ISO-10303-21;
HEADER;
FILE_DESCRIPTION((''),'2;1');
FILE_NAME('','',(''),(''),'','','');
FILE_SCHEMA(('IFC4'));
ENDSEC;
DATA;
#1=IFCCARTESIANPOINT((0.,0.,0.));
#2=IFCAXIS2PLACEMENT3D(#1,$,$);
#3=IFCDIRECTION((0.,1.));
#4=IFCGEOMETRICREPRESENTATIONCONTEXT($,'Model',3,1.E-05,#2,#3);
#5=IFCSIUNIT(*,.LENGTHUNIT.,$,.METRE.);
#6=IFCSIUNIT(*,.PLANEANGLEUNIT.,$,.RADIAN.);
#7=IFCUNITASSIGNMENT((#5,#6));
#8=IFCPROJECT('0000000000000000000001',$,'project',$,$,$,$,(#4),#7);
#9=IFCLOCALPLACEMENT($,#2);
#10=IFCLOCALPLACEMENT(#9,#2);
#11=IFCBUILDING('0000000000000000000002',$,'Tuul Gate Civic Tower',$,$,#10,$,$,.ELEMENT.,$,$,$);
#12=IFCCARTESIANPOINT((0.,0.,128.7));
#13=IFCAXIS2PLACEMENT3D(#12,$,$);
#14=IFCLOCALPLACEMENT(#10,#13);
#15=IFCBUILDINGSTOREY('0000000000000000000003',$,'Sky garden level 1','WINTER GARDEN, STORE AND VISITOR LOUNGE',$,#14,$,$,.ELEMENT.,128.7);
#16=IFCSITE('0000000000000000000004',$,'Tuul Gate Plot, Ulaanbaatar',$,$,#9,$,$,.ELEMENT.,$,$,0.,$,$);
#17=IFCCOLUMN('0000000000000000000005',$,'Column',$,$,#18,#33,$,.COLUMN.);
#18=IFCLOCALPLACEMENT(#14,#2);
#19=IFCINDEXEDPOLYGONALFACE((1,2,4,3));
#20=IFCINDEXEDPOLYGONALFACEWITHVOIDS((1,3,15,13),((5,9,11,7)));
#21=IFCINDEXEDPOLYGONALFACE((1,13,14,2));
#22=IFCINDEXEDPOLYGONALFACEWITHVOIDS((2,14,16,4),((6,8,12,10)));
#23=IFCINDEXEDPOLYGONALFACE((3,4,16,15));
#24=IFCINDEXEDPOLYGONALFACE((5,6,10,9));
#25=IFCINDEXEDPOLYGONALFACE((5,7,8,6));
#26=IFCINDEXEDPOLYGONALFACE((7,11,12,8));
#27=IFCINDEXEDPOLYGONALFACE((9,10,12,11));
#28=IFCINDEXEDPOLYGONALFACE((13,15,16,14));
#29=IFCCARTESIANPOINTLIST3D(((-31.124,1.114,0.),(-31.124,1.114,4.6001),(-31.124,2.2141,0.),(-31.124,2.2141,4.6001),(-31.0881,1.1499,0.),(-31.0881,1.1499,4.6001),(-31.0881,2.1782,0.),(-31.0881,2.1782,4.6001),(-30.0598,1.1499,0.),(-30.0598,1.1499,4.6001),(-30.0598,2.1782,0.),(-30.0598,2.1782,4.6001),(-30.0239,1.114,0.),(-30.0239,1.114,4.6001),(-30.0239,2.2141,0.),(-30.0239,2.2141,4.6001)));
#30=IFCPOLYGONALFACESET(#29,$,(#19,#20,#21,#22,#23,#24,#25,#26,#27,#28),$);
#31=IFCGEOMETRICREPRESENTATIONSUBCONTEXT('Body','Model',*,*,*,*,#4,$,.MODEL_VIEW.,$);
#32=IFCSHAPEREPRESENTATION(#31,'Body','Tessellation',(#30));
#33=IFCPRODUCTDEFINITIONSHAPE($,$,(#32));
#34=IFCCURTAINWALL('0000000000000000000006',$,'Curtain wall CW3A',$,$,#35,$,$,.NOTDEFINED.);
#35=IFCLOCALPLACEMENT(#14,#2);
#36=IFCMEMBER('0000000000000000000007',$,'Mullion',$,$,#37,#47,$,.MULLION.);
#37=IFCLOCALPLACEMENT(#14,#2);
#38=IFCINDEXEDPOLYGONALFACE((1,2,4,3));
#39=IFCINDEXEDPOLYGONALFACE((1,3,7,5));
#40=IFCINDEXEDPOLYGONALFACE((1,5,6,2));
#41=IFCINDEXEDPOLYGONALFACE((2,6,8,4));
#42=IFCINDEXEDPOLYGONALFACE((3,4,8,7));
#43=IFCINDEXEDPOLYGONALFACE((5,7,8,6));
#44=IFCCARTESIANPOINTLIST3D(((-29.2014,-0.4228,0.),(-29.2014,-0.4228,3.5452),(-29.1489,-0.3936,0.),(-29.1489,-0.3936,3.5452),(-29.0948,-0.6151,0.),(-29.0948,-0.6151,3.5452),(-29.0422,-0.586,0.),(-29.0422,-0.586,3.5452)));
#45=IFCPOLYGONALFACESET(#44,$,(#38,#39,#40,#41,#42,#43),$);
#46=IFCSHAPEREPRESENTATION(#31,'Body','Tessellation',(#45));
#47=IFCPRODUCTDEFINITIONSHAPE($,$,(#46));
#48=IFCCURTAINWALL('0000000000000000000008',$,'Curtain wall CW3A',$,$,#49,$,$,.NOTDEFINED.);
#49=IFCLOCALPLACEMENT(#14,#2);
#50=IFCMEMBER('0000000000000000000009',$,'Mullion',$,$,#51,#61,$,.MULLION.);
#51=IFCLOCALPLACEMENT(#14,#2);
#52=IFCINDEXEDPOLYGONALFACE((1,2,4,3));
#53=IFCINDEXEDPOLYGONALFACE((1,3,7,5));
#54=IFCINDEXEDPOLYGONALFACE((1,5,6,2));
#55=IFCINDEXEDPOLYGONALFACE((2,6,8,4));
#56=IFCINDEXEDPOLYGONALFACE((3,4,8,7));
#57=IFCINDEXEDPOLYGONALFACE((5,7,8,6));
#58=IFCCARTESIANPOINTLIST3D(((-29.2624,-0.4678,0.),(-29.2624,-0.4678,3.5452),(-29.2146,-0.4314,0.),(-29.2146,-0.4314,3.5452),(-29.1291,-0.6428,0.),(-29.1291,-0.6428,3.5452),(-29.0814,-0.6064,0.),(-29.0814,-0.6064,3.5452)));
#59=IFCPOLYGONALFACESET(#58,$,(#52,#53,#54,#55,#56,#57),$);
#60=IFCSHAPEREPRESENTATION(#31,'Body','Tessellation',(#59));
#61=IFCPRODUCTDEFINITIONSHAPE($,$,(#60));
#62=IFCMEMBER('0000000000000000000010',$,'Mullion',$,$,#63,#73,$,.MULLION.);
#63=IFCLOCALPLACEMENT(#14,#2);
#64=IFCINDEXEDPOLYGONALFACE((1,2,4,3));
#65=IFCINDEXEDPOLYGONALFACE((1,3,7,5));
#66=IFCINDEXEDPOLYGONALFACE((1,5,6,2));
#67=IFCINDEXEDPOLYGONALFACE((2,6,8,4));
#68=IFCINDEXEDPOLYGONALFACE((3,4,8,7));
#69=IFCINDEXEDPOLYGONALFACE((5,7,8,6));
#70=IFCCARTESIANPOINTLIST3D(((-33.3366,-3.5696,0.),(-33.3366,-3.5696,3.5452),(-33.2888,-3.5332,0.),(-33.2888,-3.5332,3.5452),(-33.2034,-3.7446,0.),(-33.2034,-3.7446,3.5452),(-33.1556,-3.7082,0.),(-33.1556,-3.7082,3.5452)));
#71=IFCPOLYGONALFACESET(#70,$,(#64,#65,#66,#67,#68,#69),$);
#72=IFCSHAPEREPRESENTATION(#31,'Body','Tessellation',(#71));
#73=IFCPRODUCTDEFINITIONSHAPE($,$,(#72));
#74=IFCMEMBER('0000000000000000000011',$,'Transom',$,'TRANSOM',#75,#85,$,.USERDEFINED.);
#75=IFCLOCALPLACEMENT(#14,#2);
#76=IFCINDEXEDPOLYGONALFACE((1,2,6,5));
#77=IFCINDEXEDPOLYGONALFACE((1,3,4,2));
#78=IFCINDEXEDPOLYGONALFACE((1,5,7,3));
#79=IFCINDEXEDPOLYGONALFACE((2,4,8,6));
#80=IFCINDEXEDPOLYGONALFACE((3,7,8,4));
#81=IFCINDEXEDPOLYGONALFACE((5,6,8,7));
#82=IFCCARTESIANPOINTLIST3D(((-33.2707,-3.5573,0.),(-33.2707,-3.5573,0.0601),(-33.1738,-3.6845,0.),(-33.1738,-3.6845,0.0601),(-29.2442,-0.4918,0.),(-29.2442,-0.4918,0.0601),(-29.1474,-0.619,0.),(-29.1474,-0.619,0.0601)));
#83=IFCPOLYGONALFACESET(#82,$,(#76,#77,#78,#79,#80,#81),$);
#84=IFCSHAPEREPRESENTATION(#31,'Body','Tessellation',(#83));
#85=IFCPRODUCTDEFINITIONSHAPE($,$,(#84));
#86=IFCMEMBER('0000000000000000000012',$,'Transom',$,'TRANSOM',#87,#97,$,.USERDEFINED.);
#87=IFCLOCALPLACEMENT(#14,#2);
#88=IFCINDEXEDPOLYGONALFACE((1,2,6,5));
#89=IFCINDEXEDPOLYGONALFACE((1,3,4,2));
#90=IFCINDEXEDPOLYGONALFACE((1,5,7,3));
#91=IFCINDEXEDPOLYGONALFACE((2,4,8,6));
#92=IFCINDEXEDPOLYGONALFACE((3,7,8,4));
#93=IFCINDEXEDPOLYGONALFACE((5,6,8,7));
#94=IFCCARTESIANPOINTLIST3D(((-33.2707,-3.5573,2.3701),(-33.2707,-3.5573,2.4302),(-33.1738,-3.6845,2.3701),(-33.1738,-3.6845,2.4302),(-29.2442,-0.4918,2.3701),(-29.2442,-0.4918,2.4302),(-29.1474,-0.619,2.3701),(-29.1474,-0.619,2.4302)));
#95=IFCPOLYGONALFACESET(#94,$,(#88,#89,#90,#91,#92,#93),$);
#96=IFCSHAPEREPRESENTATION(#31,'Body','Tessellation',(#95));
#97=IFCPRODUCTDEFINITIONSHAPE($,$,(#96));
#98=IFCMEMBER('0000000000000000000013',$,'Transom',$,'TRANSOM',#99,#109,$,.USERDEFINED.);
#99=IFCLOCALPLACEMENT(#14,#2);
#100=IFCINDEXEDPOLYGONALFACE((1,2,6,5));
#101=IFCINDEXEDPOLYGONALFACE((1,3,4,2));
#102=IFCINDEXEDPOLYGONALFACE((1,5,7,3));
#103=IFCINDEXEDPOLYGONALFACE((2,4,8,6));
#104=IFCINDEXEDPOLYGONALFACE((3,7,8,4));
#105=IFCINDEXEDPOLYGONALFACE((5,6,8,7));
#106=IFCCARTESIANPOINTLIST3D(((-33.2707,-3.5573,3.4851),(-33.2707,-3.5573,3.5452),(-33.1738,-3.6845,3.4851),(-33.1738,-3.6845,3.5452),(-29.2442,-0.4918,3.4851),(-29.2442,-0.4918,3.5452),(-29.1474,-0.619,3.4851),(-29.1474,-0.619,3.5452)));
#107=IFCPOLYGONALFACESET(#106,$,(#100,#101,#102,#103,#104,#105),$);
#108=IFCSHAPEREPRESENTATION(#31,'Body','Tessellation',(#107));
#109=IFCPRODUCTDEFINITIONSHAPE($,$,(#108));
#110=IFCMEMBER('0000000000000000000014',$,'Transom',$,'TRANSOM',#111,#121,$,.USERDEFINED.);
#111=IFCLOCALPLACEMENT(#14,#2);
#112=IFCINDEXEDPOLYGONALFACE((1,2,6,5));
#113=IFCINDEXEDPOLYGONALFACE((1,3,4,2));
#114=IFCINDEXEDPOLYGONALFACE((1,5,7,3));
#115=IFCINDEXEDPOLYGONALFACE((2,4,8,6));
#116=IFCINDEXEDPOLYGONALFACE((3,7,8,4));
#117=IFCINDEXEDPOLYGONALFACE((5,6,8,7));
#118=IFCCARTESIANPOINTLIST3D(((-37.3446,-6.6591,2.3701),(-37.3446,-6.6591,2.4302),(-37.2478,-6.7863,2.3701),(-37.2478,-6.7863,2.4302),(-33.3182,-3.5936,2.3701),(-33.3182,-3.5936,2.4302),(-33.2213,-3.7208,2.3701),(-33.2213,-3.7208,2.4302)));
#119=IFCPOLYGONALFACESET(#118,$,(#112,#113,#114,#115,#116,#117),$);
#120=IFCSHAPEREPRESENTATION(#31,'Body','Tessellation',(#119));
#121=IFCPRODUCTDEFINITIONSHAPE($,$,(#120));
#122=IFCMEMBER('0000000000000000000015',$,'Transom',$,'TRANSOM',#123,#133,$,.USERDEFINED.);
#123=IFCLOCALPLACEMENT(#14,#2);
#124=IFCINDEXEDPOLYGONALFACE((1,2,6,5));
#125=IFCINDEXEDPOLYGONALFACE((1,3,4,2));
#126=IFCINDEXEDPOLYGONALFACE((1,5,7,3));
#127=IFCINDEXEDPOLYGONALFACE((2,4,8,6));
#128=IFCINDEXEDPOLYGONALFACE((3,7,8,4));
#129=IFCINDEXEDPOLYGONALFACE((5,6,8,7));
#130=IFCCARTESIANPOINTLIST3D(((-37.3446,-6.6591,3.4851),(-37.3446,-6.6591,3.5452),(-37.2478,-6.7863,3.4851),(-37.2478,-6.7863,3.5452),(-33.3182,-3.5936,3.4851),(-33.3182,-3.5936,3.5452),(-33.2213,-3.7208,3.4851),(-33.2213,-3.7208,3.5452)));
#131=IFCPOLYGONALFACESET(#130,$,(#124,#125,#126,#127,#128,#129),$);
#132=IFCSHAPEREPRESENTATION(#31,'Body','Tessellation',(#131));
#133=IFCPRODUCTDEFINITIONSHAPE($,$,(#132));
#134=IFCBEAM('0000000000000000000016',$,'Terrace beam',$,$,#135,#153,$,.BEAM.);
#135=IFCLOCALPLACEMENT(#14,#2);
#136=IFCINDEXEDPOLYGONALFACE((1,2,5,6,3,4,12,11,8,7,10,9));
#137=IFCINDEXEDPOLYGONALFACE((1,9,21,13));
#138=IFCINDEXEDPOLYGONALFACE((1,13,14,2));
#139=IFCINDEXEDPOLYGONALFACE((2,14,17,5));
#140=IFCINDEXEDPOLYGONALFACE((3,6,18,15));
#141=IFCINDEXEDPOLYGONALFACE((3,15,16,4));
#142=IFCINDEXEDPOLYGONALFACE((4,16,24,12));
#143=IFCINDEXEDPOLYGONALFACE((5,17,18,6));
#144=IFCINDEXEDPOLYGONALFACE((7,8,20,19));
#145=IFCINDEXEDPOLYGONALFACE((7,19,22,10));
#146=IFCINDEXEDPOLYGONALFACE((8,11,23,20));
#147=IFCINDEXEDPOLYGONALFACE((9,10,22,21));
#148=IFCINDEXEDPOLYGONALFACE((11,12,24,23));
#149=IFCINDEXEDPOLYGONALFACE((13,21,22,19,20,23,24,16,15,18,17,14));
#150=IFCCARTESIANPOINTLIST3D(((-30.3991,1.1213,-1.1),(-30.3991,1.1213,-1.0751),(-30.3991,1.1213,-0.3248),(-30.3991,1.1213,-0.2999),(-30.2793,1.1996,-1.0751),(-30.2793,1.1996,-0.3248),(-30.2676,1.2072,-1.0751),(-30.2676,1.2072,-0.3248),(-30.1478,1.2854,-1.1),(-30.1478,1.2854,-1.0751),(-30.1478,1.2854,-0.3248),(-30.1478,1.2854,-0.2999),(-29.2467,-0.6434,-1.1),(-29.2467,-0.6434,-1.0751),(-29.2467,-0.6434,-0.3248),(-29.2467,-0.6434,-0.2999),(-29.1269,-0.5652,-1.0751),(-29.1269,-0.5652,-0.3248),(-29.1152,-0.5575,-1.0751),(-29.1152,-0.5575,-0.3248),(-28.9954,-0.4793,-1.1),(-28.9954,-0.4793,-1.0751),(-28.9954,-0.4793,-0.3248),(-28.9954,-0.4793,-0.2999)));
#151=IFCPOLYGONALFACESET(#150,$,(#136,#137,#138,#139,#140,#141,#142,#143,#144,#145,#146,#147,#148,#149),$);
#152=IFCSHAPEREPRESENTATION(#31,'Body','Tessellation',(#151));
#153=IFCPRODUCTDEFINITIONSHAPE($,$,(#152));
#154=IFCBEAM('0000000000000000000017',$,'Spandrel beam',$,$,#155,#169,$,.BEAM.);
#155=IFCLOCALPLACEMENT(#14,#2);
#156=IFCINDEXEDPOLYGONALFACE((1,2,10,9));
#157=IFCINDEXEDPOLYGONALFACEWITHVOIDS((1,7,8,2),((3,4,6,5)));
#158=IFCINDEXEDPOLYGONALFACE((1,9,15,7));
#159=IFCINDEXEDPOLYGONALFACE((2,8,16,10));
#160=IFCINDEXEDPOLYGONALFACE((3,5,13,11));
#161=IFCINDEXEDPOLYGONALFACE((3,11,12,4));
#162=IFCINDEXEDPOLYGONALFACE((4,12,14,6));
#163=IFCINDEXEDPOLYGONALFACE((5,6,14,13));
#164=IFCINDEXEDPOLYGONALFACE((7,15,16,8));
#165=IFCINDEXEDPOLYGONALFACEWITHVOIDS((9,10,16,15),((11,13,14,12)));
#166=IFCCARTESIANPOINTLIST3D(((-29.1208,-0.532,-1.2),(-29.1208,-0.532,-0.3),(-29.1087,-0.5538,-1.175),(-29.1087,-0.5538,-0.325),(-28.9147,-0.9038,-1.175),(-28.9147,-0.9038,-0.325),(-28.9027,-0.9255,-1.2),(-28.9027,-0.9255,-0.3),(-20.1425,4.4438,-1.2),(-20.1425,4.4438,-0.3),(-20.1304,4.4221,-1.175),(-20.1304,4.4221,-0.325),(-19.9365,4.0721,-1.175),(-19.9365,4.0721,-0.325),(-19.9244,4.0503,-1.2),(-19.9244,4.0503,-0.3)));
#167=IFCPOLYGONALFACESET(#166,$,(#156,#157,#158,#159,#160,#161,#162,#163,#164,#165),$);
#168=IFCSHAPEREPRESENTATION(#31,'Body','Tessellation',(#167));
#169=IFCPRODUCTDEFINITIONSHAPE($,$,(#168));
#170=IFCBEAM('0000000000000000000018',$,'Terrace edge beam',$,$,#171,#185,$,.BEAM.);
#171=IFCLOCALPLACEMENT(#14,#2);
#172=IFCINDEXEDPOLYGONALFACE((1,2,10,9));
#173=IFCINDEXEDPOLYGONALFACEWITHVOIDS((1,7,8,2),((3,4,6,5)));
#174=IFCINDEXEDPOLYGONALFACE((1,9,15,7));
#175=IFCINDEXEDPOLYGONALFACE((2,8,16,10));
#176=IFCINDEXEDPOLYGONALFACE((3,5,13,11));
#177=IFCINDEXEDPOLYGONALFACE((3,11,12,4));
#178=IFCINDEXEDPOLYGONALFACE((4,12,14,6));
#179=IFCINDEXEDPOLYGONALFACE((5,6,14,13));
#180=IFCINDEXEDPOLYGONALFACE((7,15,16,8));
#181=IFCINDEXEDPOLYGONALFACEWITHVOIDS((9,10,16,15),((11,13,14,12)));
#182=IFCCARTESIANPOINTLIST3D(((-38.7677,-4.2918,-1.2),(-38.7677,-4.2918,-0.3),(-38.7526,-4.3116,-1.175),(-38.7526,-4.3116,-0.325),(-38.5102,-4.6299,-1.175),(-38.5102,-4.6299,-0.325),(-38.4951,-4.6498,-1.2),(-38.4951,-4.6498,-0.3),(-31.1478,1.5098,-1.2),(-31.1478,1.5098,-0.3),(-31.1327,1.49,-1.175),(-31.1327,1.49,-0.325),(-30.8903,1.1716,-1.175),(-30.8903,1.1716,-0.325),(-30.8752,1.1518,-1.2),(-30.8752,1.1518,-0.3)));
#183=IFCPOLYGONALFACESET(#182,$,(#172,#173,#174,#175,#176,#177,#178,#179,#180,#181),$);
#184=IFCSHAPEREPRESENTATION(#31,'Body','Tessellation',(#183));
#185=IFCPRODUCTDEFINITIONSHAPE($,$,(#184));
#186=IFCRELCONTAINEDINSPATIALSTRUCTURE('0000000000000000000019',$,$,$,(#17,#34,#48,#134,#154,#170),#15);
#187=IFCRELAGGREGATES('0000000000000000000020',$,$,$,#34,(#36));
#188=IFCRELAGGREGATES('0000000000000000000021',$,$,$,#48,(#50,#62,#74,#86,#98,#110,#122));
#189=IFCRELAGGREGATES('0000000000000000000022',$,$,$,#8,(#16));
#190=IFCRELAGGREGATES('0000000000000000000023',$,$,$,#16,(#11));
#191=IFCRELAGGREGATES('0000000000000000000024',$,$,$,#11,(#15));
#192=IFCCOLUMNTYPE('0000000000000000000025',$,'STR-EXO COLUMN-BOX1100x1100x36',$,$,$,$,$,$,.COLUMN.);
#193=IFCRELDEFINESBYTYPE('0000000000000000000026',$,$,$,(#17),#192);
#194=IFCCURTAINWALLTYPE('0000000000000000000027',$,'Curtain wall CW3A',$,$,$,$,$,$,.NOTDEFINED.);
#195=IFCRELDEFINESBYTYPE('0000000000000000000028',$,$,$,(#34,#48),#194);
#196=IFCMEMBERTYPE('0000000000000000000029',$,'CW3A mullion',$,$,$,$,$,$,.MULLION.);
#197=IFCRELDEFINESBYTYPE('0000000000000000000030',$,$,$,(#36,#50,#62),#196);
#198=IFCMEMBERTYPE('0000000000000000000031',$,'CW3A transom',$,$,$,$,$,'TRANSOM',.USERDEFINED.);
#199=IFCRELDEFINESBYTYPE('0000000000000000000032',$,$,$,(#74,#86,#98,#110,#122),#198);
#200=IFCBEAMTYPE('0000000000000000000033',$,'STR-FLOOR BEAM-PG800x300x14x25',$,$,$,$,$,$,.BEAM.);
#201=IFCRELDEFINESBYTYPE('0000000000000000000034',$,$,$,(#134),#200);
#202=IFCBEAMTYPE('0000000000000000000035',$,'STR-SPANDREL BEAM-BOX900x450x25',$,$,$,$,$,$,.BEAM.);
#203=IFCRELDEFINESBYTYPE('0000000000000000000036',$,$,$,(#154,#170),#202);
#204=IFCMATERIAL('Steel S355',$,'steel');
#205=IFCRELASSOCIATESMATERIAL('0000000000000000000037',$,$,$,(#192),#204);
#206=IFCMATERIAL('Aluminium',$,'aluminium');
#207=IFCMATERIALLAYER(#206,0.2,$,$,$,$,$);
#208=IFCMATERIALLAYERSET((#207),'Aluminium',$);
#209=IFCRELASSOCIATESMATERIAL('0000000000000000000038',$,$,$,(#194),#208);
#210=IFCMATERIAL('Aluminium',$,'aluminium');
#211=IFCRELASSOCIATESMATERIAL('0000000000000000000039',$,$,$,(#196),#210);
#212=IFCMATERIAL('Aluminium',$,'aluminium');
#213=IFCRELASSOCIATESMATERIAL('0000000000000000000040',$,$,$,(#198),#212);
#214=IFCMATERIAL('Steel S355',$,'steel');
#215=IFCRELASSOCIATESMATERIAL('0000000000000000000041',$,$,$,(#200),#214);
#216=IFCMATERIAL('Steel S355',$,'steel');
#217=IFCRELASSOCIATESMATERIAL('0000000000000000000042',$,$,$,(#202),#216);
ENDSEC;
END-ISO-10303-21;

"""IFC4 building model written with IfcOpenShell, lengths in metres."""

from ifc_helpers import new_model, si_unit, direction, frame, origin, origin_2d, place, context, subcontext, project, spatial, rectangle, hollow_rectangle, i_section, extrude, material, layer, layer_set, material_profile, profile_set, type_object, element, aggregate, save


model = new_model("IFC4")

# Units and contexts
model_context = context("Model", 3, precision=1e-05, world=origin(), true_north=direction((0.0, 1.0)))
body_context = subcontext(model_context, "Body", "Model", "MODEL_VIEW")
ifc_project = project(units=[si_unit("LENGTHUNIT", "METRE"), si_unit("PLANEANGLEUNIT", "RADIAN")], contexts=[model_context])

# Site, building, storey
site_placement = place(None, origin())
site = spatial("IfcSite", under=ifc_project, at=site_placement, Name="Tuul Gate Plot, Ulaanbaatar", CompositionType="ELEMENT", RefElevation=0.0)
building_placement = place(site_placement, origin())
building = spatial("IfcBuilding", under=site, at=building_placement, Name="Tuul Gate Civic Tower", CompositionType="ELEMENT")
storey_placement = place(building_placement, frame((0.0, 0.0, 128.7)))
storey = spatial("IfcBuildingStorey", under=building, at=storey_placement, Name="Sky garden level 1", Description="WINTER GARDEN, STORE AND VISITOR LOUNGE", CompositionType="ELEMENT", Elevation=128.7)

# Column
ifc_material_1 = material(Name="Steel S355", Category="steel")
ifc_material_profile_1 = material_profile(ifc_material_1, hollow_rectangle(XDim=1.1001, YDim=1.1001, WallThickness=0.0359, at=origin_2d()), Name="BOX1100x1100x36")
ifc_profile_set_1 = profile_set([ifc_material_profile_1], Name="Steel S355")
column_type = type_object("IfcColumnType", Name="STR-EXO COLUMN-BOX1100x1100x36", PredefinedType="COLUMN", material=ifc_profile_set_1)
column_placement = place(storey_placement, frame((-30.574, 1.6641, 0.0), z_axis=(0.0, 0.0, 1.0), x_axis=(1.0, 0.0, 0.0)))
element("IfcColumn", 1, at=column_placement, inside=storey, type_object=column_type, Name="Column", PredefinedType="COLUMN", context=body_context, shape_type="SweptSolid", body=[
    extrude(hollow_rectangle(XDim=1.1001, YDim=1.1001, WallThickness=0.0359, at=origin_2d()), origin(), (0.0, 0.0, 1.0), 4.6001),
])

# Curtain wall, member
ifc_material_2 = material(Name="Aluminium", Category="aluminium")
ifc_layer_1 = layer(ifc_material_2, 0.2)
ifc_layer_set_1 = layer_set([ifc_layer_1], Name="Aluminium")
curtain_wall_type = type_object("IfcCurtainWallType", Name="Curtain wall CW3A", PredefinedType="NOTDEFINED", material=ifc_layer_set_1)
curtain_wall_1_placement = place(storey_placement, origin())
curtain_wall_1 = element("IfcCurtainWall", 2, at=curtain_wall_1_placement, inside=storey, type_object=curtain_wall_type, Name="Curtain wall CW3A", PredefinedType="NOTDEFINED")
ifc_material_3 = material(Name="Aluminium", Category="aluminium")
ifc_material_profile_2 = material_profile(ifc_material_3, rectangle(XDim=0.22, YDim=0.0601, at=origin_2d()), Name="CW3A mullion")
ifc_profile_set_2 = profile_set([ifc_material_profile_2], Name="Aluminium")
member_type_1 = type_object("IfcMemberType", Name="CW3A mullion", PredefinedType="MULLION", material=ifc_profile_set_2)
member_1_placement = place(storey_placement, frame((-29.1218, -0.5044, 0.0), z_axis=(0.0, 0.0, 1.0), x_axis=(0.484827, -0.87461, 0.0)))
member_1 = element("IfcMember", 3, at=member_1_placement, type_object=member_type_1, Name="Mullion", PredefinedType="MULLION", context=body_context, shape_type="SweptSolid", body=[
    extrude(rectangle(XDim=0.22, YDim=0.0601, at=origin_2d()), origin(), (0.0, 0.0, 1.0), 3.5452),
])

# Curtain wall, members
curtain_wall_2_placement = place(storey_placement, origin())
curtain_wall_2 = element("IfcCurtainWall", 4, at=curtain_wall_2_placement, inside=storey, type_object=curtain_wall_type, Name="Curtain wall CW3A", PredefinedType="NOTDEFINED")
member_2_placement = place(storey_placement, frame((-29.1719, -0.5371, 0.0), z_axis=(0.0, 0.0, 1.0), x_axis=(0.605762, -0.795646, 0.0)))
member_2 = element("IfcMember", 5, at=member_2_placement, type_object=member_type_1, Name="Mullion", PredefinedType="MULLION", context=body_context, shape_type="SweptSolid", body=[
    extrude(rectangle(XDim=0.22, YDim=0.0601, at=origin_2d()), origin(), (0.0, 0.0, 1.0), 3.5452),
])
member_3_placement = place(storey_placement, frame((-33.2461, -3.6389, 0.0), z_axis=(0.0, 0.0, 1.0), x_axis=(0.605762, -0.795646, 0.0)))
member_3 = element("IfcMember", 6, at=member_3_placement, type_object=member_type_1, Name="Mullion", PredefinedType="MULLION", context=body_context, shape_type="SweptSolid", body=[
    extrude(rectangle(XDim=0.22, YDim=0.0601, at=origin_2d()), origin(), (0.0, 0.0, 1.0), 3.5452),
])
ifc_material_4 = material(Name="Aluminium", Category="aluminium")
ifc_material_profile_3 = material_profile(ifc_material_4, rectangle(XDim=0.1599, YDim=0.0601, at=origin_2d()), Name="CW3A transom")
ifc_profile_set_3 = profile_set([ifc_material_profile_3], Name="Aluminium")
member_type_2 = type_object("IfcMemberType", Name="CW3A transom", ElementType="TRANSOM", PredefinedType="USERDEFINED", material=ifc_profile_set_3)
member_4_placement = place(storey_placement, frame((-29.1958, -0.5554, 0.03), z_axis=(-0.795649, -0.605758, 0.0), x_axis=(0.605758, -0.795649, 0.0)))
member_4 = element("IfcMember", 7, at=member_4_placement, type_object=member_type_2, Name="Transom", ObjectType="TRANSOM", PredefinedType="USERDEFINED", context=body_context, shape_type="SweptSolid", body=[
    extrude(rectangle(XDim=0.1599, YDim=0.0601, at=origin_2d()), origin(), (0.0, 0.0, 1.0), 5.0605),
])
member_5_placement = place(storey_placement, frame((-29.1958, -0.5554, 2.4001), z_axis=(-0.795649, -0.605758, 0.0), x_axis=(0.605758, -0.795649, 0.0)))
member_5 = element("IfcMember", 8, at=member_5_placement, type_object=member_type_2, Name="Transom", ObjectType="TRANSOM", PredefinedType="USERDEFINED", context=body_context, shape_type="SweptSolid", body=[
    extrude(rectangle(XDim=0.1599, YDim=0.0601, at=origin_2d()), origin(), (0.0, 0.0, 1.0), 5.0605),
])
member_6_placement = place(storey_placement, frame((-29.1958, -0.5554, 3.5151), z_axis=(-0.795649, -0.605758, 0.0), x_axis=(0.605758, -0.795649, 0.0)))
member_6 = element("IfcMember", 9, at=member_6_placement, type_object=member_type_2, Name="Transom", ObjectType="TRANSOM", PredefinedType="USERDEFINED", context=body_context, shape_type="SweptSolid", body=[
    extrude(rectangle(XDim=0.1599, YDim=0.0601, at=origin_2d()), origin(), (0.0, 0.0, 1.0), 5.0605),
])
member_7_placement = place(storey_placement, frame((-33.2698, -3.6572, 2.4001), z_axis=(-0.795649, -0.605758, 0.0), x_axis=(0.605758, -0.795649, 0.0)))
member_7 = element("IfcMember", 10, at=member_7_placement, type_object=member_type_2, Name="Transom", ObjectType="TRANSOM", PredefinedType="USERDEFINED", context=body_context, shape_type="SweptSolid", body=[
    extrude(rectangle(XDim=0.1599, YDim=0.0601, at=origin_2d()), origin(), (0.0, 0.0, 1.0), 5.0605),
])
member_8_placement = place(storey_placement, frame((-33.2698, -3.6572, 3.5151), z_axis=(-0.795649, -0.605758, 0.0), x_axis=(0.605758, -0.795649, 0.0)))
member_8 = element("IfcMember", 11, at=member_8_placement, type_object=member_type_2, Name="Transom", ObjectType="TRANSOM", PredefinedType="USERDEFINED", context=body_context, shape_type="SweptSolid", body=[
    extrude(rectangle(XDim=0.1599, YDim=0.0601, at=origin_2d()), origin(), (0.0, 0.0, 1.0), 5.0605),
])

# Beams
ifc_material_5 = material(Name="Steel S355", Category="steel")
ifc_material_profile_4 = material_profile(ifc_material_5, i_section(OverallWidth=0.3, OverallDepth=0.8, WebThickness=0.0139, FlangeThickness=0.0249, at=origin_2d()), Name="PG800x300x14x25")
ifc_profile_set_4 = profile_set([ifc_material_profile_4], Name="Steel S355")
beam_type_1 = type_object("IfcBeamType", Name="STR-FLOOR BEAM-PG800x300x14x25", PredefinedType="BEAM", material=ifc_profile_set_4)
beam_1_placement = place(storey_placement, frame((-30.2734, 1.2034, -0.7), z_axis=(0.546762, -0.837288, 0.0), x_axis=(0.837288, 0.546762, 0.0)))
element("IfcBeam", 12, at=beam_1_placement, inside=storey, type_object=beam_type_1, Name="Terrace beam", PredefinedType="BEAM", context=body_context, shape_type="SweptSolid", body=[
    extrude(i_section(OverallWidth=0.3, OverallDepth=0.8, WebThickness=0.0139, FlangeThickness=0.0249, at=origin_2d()), origin(), (0.0, 0.0, 1.0), 2.1077),
])
ifc_material_6 = material(Name="Steel S355", Category="steel")
ifc_material_profile_5 = material_profile(ifc_material_6, hollow_rectangle(XDim=0.45, YDim=0.8999, WallThickness=0.0249, at=origin_2d()), Name="BOX900x450x25")
ifc_profile_set_5 = profile_set([ifc_material_profile_5], Name="Steel S355")
beam_type_2 = type_object("IfcBeamType", Name="STR-SPANDREL BEAM-BOX900x450x25", PredefinedType="BEAM", material=ifc_profile_set_5)
beam_2_placement = place(storey_placement, frame((-29.0117, -0.7288, -0.75), z_axis=(0.874657, 0.484742, 0.0), x_axis=(-0.484742, 0.874657, 0.0)))
element("IfcBeam", 13, at=beam_2_placement, inside=storey, type_object=beam_type_2, Name="Spandrel beam", PredefinedType="BEAM", context=body_context, shape_type="SweptSolid", body=[
    extrude(hollow_rectangle(XDim=0.45, YDim=0.8999, WallThickness=0.0249, at=origin_2d()), origin(), (0.0, 0.0, 1.0), 10.2649),
])
beam_3_placement = place(storey_placement, frame((-31.0115, 1.3308, -0.75), z_axis=(-0.795638, -0.605772, 0.0), x_axis=(0.605772, -0.795638, 0.0)))
element("IfcBeam", 14, at=beam_3_placement, inside=storey, type_object=beam_type_2, Name="Terrace edge beam", PredefinedType="BEAM", context=body_context, shape_type="SweptSolid", body=[
    extrude(hollow_rectangle(XDim=0.45, YDim=0.8999, WallThickness=0.0249, at=origin_2d()), origin(), (0.0, 0.0, 1.0), 9.5771),
])

aggregate(curtain_wall_1, [member_1])
aggregate(curtain_wall_2, [member_2, member_3, member_4, member_5, member_6, member_7, member_8])

save(model, "model.ifc")
